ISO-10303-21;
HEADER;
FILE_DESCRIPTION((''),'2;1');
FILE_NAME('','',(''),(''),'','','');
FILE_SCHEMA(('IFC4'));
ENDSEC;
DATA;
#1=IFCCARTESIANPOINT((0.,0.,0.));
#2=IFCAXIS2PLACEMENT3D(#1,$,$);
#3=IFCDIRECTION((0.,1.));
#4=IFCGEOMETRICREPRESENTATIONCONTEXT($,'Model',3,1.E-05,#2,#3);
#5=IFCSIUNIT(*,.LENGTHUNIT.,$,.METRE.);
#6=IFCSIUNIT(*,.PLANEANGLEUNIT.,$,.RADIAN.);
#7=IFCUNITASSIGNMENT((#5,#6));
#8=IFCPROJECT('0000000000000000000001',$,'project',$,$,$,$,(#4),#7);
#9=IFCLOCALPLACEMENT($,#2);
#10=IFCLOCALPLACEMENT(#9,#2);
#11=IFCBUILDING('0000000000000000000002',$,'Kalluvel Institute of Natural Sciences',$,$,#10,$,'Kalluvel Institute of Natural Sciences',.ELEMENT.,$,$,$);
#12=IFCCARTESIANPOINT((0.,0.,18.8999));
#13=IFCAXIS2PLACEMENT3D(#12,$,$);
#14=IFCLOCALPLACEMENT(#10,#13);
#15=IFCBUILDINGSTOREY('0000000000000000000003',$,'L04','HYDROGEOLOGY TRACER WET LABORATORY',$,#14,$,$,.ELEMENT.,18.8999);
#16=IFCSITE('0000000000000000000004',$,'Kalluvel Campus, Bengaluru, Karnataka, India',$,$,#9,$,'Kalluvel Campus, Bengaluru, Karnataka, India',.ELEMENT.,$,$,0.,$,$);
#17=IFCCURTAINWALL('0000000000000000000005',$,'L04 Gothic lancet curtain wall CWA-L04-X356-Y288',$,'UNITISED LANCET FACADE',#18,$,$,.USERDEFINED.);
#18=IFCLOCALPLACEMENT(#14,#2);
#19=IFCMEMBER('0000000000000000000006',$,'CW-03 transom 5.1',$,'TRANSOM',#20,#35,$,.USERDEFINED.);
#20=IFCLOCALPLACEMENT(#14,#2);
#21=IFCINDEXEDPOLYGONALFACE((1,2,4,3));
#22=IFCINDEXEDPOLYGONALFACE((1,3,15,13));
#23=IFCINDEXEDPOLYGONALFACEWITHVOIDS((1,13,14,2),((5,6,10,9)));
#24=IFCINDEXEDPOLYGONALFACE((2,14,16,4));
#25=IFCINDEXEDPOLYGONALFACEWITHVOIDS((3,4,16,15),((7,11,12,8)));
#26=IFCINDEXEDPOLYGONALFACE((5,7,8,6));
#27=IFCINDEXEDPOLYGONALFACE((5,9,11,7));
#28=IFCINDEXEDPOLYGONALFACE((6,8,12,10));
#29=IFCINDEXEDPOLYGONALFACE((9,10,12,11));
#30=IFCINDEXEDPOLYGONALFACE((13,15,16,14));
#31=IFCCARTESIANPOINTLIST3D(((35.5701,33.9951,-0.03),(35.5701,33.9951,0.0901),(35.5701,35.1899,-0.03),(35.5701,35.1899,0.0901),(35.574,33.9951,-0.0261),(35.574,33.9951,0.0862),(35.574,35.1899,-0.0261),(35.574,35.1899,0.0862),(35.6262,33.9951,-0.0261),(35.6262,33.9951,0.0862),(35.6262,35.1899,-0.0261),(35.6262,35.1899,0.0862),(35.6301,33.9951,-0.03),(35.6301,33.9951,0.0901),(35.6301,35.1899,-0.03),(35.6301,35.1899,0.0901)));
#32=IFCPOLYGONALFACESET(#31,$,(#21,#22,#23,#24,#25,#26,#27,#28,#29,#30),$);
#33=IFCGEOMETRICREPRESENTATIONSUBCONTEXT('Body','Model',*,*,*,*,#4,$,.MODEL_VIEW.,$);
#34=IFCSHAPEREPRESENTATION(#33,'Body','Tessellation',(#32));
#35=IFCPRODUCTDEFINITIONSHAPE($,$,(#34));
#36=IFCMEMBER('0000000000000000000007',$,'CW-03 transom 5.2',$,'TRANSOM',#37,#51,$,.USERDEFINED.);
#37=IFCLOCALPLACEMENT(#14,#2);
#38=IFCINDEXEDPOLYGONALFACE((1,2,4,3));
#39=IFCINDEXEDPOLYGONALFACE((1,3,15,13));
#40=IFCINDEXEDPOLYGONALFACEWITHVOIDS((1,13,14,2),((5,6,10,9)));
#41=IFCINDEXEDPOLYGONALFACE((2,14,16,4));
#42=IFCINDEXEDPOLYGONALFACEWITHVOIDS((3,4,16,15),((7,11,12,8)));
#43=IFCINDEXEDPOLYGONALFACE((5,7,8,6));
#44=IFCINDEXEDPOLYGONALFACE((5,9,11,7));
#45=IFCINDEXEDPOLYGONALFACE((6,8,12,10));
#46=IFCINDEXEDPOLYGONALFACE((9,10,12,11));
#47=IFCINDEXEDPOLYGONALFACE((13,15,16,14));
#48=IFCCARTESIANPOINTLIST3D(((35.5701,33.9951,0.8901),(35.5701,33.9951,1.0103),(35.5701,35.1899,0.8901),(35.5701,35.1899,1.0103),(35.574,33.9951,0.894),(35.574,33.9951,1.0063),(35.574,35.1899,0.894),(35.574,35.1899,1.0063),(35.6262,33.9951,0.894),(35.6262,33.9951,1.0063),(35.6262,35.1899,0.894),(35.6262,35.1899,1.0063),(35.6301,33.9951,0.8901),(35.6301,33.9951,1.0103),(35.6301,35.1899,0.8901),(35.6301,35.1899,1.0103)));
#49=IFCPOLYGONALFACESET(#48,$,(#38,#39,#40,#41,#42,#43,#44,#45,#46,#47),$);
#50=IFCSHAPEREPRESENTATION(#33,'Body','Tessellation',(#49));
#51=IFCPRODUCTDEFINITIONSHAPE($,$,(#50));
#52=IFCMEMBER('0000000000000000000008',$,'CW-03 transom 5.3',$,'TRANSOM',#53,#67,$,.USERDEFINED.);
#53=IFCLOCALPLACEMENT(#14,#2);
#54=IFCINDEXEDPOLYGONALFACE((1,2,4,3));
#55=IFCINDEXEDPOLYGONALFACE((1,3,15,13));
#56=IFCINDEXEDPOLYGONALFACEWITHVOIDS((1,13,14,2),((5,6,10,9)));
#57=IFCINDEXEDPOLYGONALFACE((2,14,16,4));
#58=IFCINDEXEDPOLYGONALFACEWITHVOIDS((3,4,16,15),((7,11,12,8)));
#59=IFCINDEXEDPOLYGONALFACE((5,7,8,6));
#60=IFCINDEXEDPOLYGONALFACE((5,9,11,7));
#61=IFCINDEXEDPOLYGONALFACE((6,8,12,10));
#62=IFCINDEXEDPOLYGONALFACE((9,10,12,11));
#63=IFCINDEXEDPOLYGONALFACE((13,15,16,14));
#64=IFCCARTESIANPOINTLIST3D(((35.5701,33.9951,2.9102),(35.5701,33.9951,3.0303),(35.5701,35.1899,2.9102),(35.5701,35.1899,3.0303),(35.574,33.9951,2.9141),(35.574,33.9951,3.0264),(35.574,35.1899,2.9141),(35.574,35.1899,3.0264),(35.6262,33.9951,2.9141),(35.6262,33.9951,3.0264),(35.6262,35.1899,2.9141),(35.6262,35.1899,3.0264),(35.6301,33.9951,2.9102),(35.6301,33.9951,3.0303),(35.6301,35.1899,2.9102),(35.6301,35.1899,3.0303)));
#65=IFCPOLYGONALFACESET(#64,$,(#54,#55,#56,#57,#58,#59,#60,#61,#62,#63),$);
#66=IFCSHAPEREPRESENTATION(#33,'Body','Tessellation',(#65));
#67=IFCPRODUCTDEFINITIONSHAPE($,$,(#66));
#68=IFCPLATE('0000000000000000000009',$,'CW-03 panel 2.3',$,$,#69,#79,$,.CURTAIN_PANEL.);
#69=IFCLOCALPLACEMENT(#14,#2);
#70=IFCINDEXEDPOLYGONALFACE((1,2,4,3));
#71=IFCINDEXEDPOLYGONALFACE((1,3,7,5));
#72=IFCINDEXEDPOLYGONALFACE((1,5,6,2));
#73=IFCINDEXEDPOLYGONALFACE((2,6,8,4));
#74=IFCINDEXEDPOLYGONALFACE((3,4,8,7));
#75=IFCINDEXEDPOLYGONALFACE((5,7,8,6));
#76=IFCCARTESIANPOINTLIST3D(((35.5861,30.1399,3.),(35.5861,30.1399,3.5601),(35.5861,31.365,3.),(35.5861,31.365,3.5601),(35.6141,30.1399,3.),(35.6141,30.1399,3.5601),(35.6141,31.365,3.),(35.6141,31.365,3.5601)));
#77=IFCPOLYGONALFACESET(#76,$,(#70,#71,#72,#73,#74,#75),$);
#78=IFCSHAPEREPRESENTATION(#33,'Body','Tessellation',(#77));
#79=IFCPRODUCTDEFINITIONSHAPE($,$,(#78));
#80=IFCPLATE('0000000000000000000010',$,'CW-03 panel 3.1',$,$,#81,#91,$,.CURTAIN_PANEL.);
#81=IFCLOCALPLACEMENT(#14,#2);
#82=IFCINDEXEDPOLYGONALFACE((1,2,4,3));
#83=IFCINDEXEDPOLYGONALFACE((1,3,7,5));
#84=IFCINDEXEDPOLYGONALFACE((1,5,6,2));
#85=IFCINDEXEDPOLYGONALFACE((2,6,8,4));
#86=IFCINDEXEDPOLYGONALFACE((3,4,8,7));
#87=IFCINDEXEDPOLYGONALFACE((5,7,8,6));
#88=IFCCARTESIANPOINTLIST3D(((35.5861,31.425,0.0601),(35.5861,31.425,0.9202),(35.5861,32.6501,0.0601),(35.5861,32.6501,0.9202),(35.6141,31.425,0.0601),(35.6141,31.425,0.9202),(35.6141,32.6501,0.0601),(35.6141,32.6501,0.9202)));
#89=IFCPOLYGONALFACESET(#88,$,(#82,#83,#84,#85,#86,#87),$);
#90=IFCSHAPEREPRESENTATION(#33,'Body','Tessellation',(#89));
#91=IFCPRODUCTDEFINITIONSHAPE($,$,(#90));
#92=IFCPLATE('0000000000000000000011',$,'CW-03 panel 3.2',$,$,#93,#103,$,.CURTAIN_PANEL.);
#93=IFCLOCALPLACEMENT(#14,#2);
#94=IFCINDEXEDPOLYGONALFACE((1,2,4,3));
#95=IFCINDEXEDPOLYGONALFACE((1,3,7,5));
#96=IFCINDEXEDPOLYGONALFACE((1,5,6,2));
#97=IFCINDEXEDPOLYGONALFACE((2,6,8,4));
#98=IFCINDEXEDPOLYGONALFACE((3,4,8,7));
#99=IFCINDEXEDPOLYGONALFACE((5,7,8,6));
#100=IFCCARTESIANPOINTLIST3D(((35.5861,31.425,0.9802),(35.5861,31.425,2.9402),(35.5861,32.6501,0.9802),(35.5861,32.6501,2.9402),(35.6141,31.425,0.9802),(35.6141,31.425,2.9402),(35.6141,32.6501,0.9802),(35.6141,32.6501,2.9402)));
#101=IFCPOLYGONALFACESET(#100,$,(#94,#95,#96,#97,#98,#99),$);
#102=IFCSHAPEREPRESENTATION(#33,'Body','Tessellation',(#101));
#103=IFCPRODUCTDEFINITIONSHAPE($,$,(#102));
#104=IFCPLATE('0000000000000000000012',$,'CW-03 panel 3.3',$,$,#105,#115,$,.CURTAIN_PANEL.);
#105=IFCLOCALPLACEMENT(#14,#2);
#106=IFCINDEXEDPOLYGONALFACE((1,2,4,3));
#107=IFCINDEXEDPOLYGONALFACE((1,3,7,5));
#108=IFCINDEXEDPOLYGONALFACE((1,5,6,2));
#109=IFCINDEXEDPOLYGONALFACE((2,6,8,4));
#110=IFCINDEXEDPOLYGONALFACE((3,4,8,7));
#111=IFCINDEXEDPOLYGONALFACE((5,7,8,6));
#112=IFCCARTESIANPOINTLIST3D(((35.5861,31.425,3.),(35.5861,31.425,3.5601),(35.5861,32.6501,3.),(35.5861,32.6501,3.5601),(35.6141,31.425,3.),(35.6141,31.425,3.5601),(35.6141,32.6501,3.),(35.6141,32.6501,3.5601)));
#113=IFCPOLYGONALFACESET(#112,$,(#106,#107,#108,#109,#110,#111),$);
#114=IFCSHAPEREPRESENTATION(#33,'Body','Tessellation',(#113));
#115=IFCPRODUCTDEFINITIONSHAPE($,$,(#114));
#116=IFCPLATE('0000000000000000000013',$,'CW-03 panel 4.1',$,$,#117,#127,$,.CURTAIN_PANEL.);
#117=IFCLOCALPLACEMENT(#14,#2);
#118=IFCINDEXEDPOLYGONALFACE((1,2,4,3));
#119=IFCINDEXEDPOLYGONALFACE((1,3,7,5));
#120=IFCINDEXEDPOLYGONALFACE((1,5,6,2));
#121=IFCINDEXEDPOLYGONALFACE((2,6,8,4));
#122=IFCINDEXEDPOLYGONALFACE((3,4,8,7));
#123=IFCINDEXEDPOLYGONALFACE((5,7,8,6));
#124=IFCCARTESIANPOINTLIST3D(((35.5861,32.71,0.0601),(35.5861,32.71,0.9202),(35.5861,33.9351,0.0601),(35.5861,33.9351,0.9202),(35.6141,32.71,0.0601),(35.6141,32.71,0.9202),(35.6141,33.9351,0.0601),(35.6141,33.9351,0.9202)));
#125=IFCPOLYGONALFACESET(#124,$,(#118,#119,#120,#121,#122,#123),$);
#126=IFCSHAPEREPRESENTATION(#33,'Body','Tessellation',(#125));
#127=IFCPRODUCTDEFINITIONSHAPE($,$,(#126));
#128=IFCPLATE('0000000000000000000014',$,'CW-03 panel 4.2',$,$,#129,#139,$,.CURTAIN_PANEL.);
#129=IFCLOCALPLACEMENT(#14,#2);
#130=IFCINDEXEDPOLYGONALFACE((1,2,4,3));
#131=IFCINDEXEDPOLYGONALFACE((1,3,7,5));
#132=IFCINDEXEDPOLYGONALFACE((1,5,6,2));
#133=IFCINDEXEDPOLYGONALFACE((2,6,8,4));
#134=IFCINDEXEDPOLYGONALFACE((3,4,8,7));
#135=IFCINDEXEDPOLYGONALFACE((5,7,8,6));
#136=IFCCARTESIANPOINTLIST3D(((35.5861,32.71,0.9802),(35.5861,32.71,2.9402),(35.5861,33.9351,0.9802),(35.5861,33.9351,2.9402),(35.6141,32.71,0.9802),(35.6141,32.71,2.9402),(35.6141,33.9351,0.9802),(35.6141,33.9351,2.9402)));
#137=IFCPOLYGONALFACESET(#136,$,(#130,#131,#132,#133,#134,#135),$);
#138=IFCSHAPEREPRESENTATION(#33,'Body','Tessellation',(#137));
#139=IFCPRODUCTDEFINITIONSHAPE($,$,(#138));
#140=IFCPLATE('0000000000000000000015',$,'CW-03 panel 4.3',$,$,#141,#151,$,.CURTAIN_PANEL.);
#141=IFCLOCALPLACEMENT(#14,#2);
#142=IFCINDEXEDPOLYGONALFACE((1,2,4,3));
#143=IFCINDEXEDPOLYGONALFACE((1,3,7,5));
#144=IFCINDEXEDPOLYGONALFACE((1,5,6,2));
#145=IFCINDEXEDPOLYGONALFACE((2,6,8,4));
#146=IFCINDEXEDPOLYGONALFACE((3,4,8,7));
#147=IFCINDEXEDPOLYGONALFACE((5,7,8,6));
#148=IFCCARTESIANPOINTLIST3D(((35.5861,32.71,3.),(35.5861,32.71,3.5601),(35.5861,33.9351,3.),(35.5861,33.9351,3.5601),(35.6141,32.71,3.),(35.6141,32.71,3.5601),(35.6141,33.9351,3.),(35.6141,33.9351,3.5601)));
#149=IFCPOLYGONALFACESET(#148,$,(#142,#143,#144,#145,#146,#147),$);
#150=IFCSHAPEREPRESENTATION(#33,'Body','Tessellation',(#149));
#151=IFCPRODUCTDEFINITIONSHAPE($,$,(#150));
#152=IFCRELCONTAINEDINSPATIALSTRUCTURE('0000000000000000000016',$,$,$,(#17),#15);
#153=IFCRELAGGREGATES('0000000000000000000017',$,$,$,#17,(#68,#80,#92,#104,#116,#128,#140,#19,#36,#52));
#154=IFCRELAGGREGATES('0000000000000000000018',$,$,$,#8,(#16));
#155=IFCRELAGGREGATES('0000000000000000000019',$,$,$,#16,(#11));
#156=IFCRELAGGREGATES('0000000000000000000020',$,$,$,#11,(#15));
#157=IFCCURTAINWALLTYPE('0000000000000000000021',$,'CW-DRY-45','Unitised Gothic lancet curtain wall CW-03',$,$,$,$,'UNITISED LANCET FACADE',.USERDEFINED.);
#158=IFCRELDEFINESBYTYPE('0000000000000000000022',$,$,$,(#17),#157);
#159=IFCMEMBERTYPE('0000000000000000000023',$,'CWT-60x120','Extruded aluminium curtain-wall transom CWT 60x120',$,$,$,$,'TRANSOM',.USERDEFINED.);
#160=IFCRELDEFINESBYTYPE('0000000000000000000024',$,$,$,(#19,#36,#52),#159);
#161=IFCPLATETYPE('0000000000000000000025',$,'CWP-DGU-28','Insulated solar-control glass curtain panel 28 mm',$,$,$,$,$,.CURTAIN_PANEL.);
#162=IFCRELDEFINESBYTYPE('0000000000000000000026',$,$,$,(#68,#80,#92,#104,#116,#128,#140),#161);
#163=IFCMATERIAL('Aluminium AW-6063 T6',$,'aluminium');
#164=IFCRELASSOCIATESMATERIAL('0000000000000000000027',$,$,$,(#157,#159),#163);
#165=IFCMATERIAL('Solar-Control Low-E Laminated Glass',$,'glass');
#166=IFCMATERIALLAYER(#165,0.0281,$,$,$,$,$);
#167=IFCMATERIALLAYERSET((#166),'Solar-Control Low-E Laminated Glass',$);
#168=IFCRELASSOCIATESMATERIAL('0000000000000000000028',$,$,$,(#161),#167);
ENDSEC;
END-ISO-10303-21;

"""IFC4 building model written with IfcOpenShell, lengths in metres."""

from ifc_helpers import new_model, si_unit, direction, frame, origin, origin_2d, place, context, subcontext, project, spatial, rectangle, hollow_rectangle, extrude, material, layer, layer_set, material_profile, profile_set, type_object, element, aggregate, save


model = new_model("IFC4")

# Units and contexts
model_context = context("Model", 3, precision=1e-05, world=origin(), true_north=direction((0.0, 1.0)))
body_context = subcontext(model_context, "Body", "Model", "MODEL_VIEW")
ifc_project = project(units=[si_unit("LENGTHUNIT", "METRE"), si_unit("PLANEANGLEUNIT", "RADIAN")], contexts=[model_context])

# Site, building, storey
site_placement = place(None, origin())
site = spatial("IfcSite", under=ifc_project, at=site_placement, Name="Kalluvel Campus, Bengaluru, Karnataka, India", LongName="Kalluvel Campus, Bengaluru, Karnataka, India", CompositionType="ELEMENT", RefElevation=0.0)
building_placement = place(site_placement, origin())
building = spatial("IfcBuilding", under=site, at=building_placement, Name="Kalluvel Institute of Natural Sciences", LongName="Kalluvel Institute of Natural Sciences", CompositionType="ELEMENT")
storey_placement = place(building_placement, frame((0.0, 0.0, 18.8999)))
storey = spatial("IfcBuildingStorey", under=building, at=storey_placement, Name="L04", Description="HYDROGEOLOGY TRACER WET LABORATORY", CompositionType="ELEMENT", Elevation=18.8999)

# Curtain wall, members, plates
ifc_material_1 = material(Name="Aluminium AW-6063 T6", Category="aluminium")
curtain_wall_type = type_object("IfcCurtainWallType", Name="CW-DRY-45", Description="Unitised Gothic lancet curtain wall CW-03", ElementType="UNITISED LANCET FACADE", PredefinedType="USERDEFINED", material=ifc_material_1)
curtain_wall_placement = place(storey_placement, origin())
curtain_wall = element("IfcCurtainWall", 1, at=curtain_wall_placement, inside=storey, type_object=curtain_wall_type, Name="L04 Gothic lancet curtain wall CWA-L04-X356-Y288", ObjectType="UNITISED LANCET FACADE", PredefinedType="USERDEFINED")
ifc_material_profile_1 = material_profile(ifc_material_1, hollow_rectangle(XDim=0.0601, YDim=0.1201, WallThickness=0.0039, at=origin_2d()), Name="CWT 60x120")
ifc_profile_set_1 = profile_set([ifc_material_profile_1], Name="Aluminium AW-6063 T6")
member_type_1 = type_object("IfcMemberType", Name="CWT-60x120", Description="Extruded aluminium curtain-wall transom CWT 60x120", ElementType="TRANSOM", PredefinedType="USERDEFINED", material=ifc_profile_set_1)
member_1_placement = place(storey_placement, frame((35.6001, 33.9951, 0.03), z_axis=(0.0, 1.0, 0.0), x_axis=(-1.0, 0.0, 0.0)))
member_1 = element("IfcMember", 2, at=member_1_placement, type_object=member_type_1, Name="CW-03 transom 5.1", ObjectType="TRANSOM", PredefinedType="USERDEFINED", context=body_context, shape_type="SweptSolid", body=[
    extrude(hollow_rectangle(XDim=0.0601, YDim=0.1201, WallThickness=0.0039, at=origin_2d()), origin(), (0.0, 0.0, 1.0), 1.1948),
])
member_2_placement = place(storey_placement, frame((35.6001, 33.9951, 0.9502), z_axis=(0.0, 1.0, 0.0), x_axis=(-1.0, 0.0, 0.0)))
member_2 = element("IfcMember", 3, at=member_2_placement, type_object=member_type_1, Name="CW-03 transom 5.2", ObjectType="TRANSOM", PredefinedType="USERDEFINED", context=body_context, shape_type="SweptSolid", body=[
    extrude(hollow_rectangle(XDim=0.0601, YDim=0.1201, WallThickness=0.0039, at=origin_2d()), origin(), (0.0, 0.0, 1.0), 1.1948),
])
member_3_placement = place(storey_placement, frame((35.6001, 33.9951, 2.9702), z_axis=(0.0, 1.0, 0.0), x_axis=(-1.0, 0.0, 0.0)))
member_3 = element("IfcMember", 4, at=member_3_placement, type_object=member_type_1, Name="CW-03 transom 5.3", ObjectType="TRANSOM", PredefinedType="USERDEFINED", context=body_context, shape_type="SweptSolid", body=[
    extrude(hollow_rectangle(XDim=0.0601, YDim=0.1201, WallThickness=0.0039, at=origin_2d()), origin(), (0.0, 0.0, 1.0), 1.1948),
])
ifc_material_2 = material(Name="Solar-Control Low-E Laminated Glass", Category="glass")
ifc_layer = layer(ifc_material_2, 0.0281)
ifc_layer_set = layer_set([ifc_layer], Name="Solar-Control Low-E Laminated Glass")
plate_type = type_object("IfcPlateType", Name="CWP-DGU-28", Description="Insulated solar-control glass curtain panel 28 mm", PredefinedType="CURTAIN_PANEL", material=ifc_layer_set)
plate_1_placement = place(storey_placement, frame((35.6001, 30.7524, 3.0), z_axis=(0.0, 0.0, 1.0), x_axis=(0.0, 1.0, 0.0)))
plate_1 = element("IfcPlate", 5, at=plate_1_placement, type_object=plate_type, Name="CW-03 panel 2.3", PredefinedType="CURTAIN_PANEL", context=body_context, shape_type="SweptSolid", body=[
    extrude(rectangle(XDim=1.2251, YDim=0.0281, at=origin_2d()), origin(), (0.0, 0.0, 1.0), 0.5601),
])
plate_2_placement = place(storey_placement, frame((35.6001, 32.0376, 0.0601), z_axis=(0.0, 0.0, 1.0), x_axis=(0.0, 1.0, 0.0)))
plate_2 = element("IfcPlate", 6, at=plate_2_placement, type_object=plate_type, Name="CW-03 panel 3.1", PredefinedType="CURTAIN_PANEL", context=body_context, shape_type="SweptSolid", body=[
    extrude(rectangle(XDim=1.2251, YDim=0.0281, at=origin_2d()), origin(), (0.0, 0.0, 1.0), 0.8601),
])
plate_3_placement = place(storey_placement, frame((35.6001, 32.0376, 0.9802), z_axis=(0.0, 0.0, 1.0), x_axis=(0.0, 1.0, 0.0)))
plate_3 = element("IfcPlate", 7, at=plate_3_placement, type_object=plate_type, Name="CW-03 panel 3.2", PredefinedType="CURTAIN_PANEL", context=body_context, shape_type="SweptSolid", body=[
    extrude(rectangle(XDim=1.2251, YDim=0.0281, at=origin_2d()), origin(), (0.0, 0.0, 1.0), 1.96),
])
plate_4_placement = place(storey_placement, frame((35.6001, 32.0376, 3.0), z_axis=(0.0, 0.0, 1.0), x_axis=(0.0, 1.0, 0.0)))
plate_4 = element("IfcPlate", 8, at=plate_4_placement, type_object=plate_type, Name="CW-03 panel 3.3", PredefinedType="CURTAIN_PANEL", context=body_context, shape_type="SweptSolid", body=[
    extrude(rectangle(XDim=1.2251, YDim=0.0281, at=origin_2d()), origin(), (0.0, 0.0, 1.0), 0.5601),
])
plate_5_placement = place(storey_placement, frame((35.6001, 33.3225, 0.0601), z_axis=(0.0, 0.0, 1.0), x_axis=(0.0, 1.0, 0.0)))
plate_5 = element("IfcPlate", 9, at=plate_5_placement, type_object=plate_type, Name="CW-03 panel 4.1", PredefinedType="CURTAIN_PANEL", context=body_context, shape_type="SweptSolid", body=[
    extrude(rectangle(XDim=1.2251, YDim=0.0281, at=origin_2d()), origin(), (0.0, 0.0, 1.0), 0.8601),
])
plate_6_placement = place(storey_placement, frame((35.6001, 33.3225, 0.9802), z_axis=(0.0, 0.0, 1.0), x_axis=(0.0, 1.0, 0.0)))
plate_6 = element("IfcPlate", 10, at=plate_6_placement, type_object=plate_type, Name="CW-03 panel 4.2", PredefinedType="CURTAIN_PANEL", context=body_context, shape_type="SweptSolid", body=[
    extrude(rectangle(XDim=1.2251, YDim=0.0281, at=origin_2d()), origin(), (0.0, 0.0, 1.0), 1.96),
])
plate_7_placement = place(storey_placement, frame((35.6001, 33.3225, 3.0), z_axis=(0.0, 0.0, 1.0), x_axis=(0.0, 1.0, 0.0)))
plate_7 = element("IfcPlate", 11, at=plate_7_placement, type_object=plate_type, Name="CW-03 panel 4.3", PredefinedType="CURTAIN_PANEL", context=body_context, shape_type="SweptSolid", body=[
    extrude(rectangle(XDim=1.2251, YDim=0.0281, at=origin_2d()), origin(), (0.0, 0.0, 1.0), 0.5601),
])
aggregate(curtain_wall, [plate_1, plate_2, plate_3, plate_4, plate_5, plate_6, plate_7, member_1, member_2, member_3])

save(model, "model.ifc")
